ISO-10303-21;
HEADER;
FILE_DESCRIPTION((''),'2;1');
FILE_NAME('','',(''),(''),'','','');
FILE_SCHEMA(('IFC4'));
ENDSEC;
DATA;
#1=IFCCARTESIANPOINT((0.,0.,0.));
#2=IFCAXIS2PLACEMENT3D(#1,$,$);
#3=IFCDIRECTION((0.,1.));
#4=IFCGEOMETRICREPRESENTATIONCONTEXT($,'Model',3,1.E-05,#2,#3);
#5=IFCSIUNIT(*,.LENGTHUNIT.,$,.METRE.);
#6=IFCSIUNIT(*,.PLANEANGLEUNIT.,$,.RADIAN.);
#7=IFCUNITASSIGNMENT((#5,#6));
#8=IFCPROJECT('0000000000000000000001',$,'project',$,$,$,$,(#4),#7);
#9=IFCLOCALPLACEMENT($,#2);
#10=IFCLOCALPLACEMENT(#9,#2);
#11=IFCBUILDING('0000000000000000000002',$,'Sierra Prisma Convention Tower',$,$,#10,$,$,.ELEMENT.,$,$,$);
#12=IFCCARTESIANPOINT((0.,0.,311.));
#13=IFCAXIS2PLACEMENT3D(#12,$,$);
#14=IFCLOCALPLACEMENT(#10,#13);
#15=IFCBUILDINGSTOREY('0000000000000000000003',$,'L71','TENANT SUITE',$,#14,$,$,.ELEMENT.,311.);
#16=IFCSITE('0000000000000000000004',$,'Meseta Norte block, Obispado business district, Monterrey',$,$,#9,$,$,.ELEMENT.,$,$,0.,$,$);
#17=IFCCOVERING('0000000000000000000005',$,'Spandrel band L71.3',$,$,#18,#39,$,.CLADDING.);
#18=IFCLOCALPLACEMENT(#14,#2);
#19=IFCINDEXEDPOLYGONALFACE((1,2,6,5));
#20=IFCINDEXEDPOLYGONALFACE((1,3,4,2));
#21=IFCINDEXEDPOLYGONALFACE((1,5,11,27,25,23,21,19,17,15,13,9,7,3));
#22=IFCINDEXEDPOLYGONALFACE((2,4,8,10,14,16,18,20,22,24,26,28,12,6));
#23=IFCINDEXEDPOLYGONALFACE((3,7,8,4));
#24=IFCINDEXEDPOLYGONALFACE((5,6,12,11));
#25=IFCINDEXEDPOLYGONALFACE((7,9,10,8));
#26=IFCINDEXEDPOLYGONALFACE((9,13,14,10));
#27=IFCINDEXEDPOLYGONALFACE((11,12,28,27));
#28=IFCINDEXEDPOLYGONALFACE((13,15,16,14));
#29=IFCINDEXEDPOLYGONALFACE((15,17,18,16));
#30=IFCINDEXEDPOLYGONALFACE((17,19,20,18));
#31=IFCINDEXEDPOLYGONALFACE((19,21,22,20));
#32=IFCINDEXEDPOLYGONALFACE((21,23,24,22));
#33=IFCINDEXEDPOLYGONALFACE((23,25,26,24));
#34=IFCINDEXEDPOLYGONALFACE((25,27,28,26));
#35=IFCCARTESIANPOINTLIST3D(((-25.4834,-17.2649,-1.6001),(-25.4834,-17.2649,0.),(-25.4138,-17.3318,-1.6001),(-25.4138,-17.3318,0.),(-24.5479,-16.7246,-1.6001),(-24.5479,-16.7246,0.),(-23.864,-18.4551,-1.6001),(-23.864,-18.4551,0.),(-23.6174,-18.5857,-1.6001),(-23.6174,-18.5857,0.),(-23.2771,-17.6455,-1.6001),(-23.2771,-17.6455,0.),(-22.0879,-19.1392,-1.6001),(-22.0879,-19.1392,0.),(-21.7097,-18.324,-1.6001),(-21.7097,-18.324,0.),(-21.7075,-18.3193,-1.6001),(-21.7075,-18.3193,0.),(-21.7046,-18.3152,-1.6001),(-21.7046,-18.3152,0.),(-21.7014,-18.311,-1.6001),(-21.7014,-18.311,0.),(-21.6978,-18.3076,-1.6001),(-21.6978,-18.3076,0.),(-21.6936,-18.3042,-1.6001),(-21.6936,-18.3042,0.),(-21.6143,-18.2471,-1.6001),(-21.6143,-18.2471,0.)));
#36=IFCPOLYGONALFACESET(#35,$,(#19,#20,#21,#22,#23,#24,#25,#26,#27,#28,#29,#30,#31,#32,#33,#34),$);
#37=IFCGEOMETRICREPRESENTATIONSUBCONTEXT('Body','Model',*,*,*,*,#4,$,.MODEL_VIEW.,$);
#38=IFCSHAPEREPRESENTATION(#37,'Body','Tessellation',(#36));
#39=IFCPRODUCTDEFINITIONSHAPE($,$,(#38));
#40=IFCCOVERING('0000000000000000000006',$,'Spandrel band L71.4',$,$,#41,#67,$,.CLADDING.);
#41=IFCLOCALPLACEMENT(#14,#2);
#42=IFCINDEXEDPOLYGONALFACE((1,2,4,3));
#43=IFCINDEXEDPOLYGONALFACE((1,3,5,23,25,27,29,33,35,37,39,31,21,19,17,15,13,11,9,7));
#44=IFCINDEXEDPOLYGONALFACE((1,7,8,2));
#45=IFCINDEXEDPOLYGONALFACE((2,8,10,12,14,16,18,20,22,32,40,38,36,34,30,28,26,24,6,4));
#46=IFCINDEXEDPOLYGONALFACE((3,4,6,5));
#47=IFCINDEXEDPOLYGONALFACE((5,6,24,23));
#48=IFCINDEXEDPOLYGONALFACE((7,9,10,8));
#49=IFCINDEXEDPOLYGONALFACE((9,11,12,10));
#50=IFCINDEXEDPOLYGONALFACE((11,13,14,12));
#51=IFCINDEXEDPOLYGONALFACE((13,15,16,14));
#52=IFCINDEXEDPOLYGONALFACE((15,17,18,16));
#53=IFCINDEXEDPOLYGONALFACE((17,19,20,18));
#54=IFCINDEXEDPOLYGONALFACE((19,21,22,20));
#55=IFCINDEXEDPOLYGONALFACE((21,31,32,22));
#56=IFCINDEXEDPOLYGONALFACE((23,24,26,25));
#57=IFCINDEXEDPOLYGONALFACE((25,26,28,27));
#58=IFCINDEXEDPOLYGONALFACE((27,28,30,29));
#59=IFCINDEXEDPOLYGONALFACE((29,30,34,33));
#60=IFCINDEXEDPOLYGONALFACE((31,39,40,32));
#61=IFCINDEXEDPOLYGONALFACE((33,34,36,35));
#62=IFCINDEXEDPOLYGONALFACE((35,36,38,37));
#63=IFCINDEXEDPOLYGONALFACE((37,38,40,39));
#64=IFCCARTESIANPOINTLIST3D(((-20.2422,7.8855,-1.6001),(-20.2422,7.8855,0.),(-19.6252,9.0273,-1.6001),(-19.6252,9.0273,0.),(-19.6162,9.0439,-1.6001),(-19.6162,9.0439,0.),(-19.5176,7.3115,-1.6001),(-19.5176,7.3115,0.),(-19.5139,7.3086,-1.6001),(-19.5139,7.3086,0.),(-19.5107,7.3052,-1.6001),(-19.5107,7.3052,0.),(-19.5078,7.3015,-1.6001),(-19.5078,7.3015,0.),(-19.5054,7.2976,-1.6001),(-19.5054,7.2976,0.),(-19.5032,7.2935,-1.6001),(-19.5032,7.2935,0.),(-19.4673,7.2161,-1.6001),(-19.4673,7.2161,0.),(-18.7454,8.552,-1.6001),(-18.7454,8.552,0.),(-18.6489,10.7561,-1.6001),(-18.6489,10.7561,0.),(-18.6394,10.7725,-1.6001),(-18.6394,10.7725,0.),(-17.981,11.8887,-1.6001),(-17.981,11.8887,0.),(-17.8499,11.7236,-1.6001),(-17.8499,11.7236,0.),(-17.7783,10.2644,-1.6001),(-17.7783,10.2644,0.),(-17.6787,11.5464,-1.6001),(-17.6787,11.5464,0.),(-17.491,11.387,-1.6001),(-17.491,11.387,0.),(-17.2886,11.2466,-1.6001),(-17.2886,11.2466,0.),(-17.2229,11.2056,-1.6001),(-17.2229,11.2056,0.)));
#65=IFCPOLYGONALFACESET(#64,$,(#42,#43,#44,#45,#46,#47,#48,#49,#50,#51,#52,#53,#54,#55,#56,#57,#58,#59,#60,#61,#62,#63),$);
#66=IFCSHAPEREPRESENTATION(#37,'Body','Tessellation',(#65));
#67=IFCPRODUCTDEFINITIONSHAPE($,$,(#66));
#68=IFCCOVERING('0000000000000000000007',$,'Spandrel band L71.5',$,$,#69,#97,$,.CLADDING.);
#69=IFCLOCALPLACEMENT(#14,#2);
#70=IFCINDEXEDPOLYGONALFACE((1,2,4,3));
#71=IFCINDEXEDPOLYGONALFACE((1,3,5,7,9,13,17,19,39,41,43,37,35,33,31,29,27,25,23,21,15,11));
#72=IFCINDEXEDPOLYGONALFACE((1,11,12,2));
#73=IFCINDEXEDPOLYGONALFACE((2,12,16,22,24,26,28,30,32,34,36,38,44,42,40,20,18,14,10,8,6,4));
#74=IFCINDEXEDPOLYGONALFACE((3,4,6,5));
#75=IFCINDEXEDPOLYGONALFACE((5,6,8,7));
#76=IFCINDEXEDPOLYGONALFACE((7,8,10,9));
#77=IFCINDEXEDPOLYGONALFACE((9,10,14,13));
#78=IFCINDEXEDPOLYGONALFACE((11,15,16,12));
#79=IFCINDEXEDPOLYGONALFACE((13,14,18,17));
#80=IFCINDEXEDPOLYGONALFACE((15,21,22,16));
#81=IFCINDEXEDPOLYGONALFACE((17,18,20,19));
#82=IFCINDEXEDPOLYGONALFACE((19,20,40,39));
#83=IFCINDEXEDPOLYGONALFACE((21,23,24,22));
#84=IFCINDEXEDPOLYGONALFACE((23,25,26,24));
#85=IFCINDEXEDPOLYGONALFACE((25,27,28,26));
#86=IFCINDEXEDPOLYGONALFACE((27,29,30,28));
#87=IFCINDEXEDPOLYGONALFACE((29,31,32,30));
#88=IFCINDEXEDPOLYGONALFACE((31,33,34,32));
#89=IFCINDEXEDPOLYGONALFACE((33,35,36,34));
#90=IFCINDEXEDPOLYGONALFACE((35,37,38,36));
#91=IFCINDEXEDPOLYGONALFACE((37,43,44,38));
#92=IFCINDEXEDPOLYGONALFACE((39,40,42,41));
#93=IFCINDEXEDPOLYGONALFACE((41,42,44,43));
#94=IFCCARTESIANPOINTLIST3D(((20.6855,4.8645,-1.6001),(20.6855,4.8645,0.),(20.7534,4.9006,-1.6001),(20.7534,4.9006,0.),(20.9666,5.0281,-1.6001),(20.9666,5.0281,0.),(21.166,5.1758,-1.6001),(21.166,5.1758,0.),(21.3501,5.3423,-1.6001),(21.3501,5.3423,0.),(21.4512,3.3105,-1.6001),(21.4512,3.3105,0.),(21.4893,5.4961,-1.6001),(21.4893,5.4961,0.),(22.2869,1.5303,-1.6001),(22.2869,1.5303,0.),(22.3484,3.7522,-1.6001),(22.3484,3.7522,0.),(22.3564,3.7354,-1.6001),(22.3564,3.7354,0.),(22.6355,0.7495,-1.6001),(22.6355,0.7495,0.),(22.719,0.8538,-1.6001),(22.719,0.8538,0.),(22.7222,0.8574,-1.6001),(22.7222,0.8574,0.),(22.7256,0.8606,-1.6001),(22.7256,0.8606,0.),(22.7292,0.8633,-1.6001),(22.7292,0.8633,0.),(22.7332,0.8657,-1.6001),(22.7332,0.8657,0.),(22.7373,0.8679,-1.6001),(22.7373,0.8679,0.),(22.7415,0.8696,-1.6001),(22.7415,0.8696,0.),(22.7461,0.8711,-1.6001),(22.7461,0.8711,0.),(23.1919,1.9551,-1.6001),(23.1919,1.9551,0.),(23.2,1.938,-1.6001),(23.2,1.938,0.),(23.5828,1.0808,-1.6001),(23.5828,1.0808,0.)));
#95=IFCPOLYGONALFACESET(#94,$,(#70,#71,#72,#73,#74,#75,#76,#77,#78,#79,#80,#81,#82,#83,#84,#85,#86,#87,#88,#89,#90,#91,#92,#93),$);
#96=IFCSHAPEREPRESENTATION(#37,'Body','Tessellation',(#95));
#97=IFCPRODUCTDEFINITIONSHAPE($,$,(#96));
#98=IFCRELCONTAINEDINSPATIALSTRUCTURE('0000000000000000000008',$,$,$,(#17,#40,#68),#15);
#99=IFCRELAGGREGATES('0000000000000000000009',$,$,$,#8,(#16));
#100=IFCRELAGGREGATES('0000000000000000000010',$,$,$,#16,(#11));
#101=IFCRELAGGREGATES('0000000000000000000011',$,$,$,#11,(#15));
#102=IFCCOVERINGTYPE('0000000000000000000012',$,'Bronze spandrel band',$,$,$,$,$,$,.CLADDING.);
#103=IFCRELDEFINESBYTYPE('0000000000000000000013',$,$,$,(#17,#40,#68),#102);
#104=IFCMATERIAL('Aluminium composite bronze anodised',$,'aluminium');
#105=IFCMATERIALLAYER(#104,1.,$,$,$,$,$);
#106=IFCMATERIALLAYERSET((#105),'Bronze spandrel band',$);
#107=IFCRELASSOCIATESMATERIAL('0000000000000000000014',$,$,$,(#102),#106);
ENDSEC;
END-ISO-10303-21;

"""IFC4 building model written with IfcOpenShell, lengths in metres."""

from ifc_helpers import new_model, si_unit, direction, frame, origin, place, context, subcontext, project, spatial, polyline, outline, extrude, material, layer, layer_set, type_object, element, save


model = new_model("IFC4")

# Units and contexts
model_context = context("Model", 3, precision=1e-05, world=origin(), true_north=direction((0.0, 1.0)))
body_context = subcontext(model_context, "Body", "Model", "MODEL_VIEW")
ifc_project = project(units=[si_unit("LENGTHUNIT", "METRE"), si_unit("PLANEANGLEUNIT", "RADIAN")], contexts=[model_context])

# Site, building, storey
site_placement = place(None, origin())
site = spatial("IfcSite", under=ifc_project, at=site_placement, Name="Meseta Norte block, Obispado business district, Monterrey", CompositionType="ELEMENT", RefElevation=0.0)
building_placement = place(site_placement, origin())
building = spatial("IfcBuilding", under=site, at=building_placement, Name="Sierra Prisma Convention Tower", CompositionType="ELEMENT")
storey_placement = place(building_placement, frame((0.0, 0.0, 311.0)))
storey = spatial("IfcBuildingStorey", under=building, at=storey_placement, Name="L71", Description="TENANT SUITE", CompositionType="ELEMENT", Elevation=311.0)

# Coverings
ifc_material_1 = material(Name="Aluminium composite bronze anodised", Category="aluminium")
ifc_layer_1 = layer(ifc_material_1, 1.0)
ifc_layer_set_1 = layer_set([ifc_layer_1], Name="Bronze spandrel band")
covering_type = type_object("IfcCoveringType", Name="Bronze spandrel band", PredefinedType="CLADDING", material=ifc_layer_set_1)
covering_1_placement = place(storey_placement, frame((0.0, 0.0, -1.6001)))
element("IfcCovering", 1, at=covering_1_placement, inside=storey, type_object=covering_type, Name="Spandrel band L71.3", PredefinedType="CLADDING", context=body_context, shape_type="SweptSolid", body=[
    extrude(outline(polyline([(-21.6978, -18.3076), (-21.7014, -18.311), (-21.7046, -18.3152), (-21.7075, -18.3193), (-21.7097, -18.324), (-22.0879, -19.1392), (-23.6174, -18.5857), (-23.864, -18.4551), (-25.4138, -17.3318), (-25.4834, -17.2649), (-24.5479, -16.7246), (-23.2771, -17.6455), (-21.6143, -18.2471), (-21.6936, -18.3042), (-21.6978, -18.3076)])), origin(), (0.0, 0.0, 1.0), 1.6001),
])
covering_2_placement = place(storey_placement, frame((0.0, 0.0, -1.6001)))
element("IfcCovering", 2, at=covering_2_placement, inside=storey, type_object=covering_type, Name="Spandrel band L71.4", PredefinedType="CLADDING", context=body_context, shape_type="SweptSolid", body=[
    extrude(outline(polyline([(-17.7783, 10.2644), (-18.7454, 8.552), (-19.4673, 7.2161), (-19.5032, 7.2935), (-19.5054, 7.2976), (-19.5078, 7.3015), (-19.5107, 7.3052), (-19.5139, 7.3086), (-19.5176, 7.3115), (-20.2422, 7.8855), (-19.6252, 9.0273), (-19.6162, 9.0439), (-18.6489, 10.7561), (-18.6394, 10.7725), (-17.981, 11.8887), (-17.8499, 11.7236), (-17.6787, 11.5464), (-17.491, 11.387), (-17.2886, 11.2466), (-17.2229, 11.2056), (-17.7783, 10.2644)])), origin(), (0.0, 0.0, 1.0), 1.6001),
])
covering_3_placement = place(storey_placement, frame((0.0, 0.0, -1.6001)))
element("IfcCovering", 3, at=covering_3_placement, inside=storey, type_object=covering_type, Name="Spandrel band L71.5", PredefinedType="CLADDING", context=body_context, shape_type="SweptSolid", body=[
    extrude(outline(polyline([(22.3484, 3.7522), (22.3564, 3.7354), (23.1919, 1.9551), (23.2, 1.938), (23.5828, 1.0808), (22.7461, 0.8711), (22.7415, 0.8696), (22.7373, 0.8679), (22.7332, 0.8657), (22.7292, 0.8633), (22.7256, 0.8606), (22.7222, 0.8574), (22.719, 0.8538), (22.6355, 0.7495), (22.2869, 1.5303), (21.4512, 3.3105), (20.6855, 4.8645), (20.7534, 4.9006), (20.9666, 5.0281), (21.166, 5.1758), (21.3501, 5.3423), (21.4893, 5.4961), (22.3484, 3.7522)])), origin(), (0.0, 0.0, 1.0), 1.6001),
])

save(model, "model.ifc")
